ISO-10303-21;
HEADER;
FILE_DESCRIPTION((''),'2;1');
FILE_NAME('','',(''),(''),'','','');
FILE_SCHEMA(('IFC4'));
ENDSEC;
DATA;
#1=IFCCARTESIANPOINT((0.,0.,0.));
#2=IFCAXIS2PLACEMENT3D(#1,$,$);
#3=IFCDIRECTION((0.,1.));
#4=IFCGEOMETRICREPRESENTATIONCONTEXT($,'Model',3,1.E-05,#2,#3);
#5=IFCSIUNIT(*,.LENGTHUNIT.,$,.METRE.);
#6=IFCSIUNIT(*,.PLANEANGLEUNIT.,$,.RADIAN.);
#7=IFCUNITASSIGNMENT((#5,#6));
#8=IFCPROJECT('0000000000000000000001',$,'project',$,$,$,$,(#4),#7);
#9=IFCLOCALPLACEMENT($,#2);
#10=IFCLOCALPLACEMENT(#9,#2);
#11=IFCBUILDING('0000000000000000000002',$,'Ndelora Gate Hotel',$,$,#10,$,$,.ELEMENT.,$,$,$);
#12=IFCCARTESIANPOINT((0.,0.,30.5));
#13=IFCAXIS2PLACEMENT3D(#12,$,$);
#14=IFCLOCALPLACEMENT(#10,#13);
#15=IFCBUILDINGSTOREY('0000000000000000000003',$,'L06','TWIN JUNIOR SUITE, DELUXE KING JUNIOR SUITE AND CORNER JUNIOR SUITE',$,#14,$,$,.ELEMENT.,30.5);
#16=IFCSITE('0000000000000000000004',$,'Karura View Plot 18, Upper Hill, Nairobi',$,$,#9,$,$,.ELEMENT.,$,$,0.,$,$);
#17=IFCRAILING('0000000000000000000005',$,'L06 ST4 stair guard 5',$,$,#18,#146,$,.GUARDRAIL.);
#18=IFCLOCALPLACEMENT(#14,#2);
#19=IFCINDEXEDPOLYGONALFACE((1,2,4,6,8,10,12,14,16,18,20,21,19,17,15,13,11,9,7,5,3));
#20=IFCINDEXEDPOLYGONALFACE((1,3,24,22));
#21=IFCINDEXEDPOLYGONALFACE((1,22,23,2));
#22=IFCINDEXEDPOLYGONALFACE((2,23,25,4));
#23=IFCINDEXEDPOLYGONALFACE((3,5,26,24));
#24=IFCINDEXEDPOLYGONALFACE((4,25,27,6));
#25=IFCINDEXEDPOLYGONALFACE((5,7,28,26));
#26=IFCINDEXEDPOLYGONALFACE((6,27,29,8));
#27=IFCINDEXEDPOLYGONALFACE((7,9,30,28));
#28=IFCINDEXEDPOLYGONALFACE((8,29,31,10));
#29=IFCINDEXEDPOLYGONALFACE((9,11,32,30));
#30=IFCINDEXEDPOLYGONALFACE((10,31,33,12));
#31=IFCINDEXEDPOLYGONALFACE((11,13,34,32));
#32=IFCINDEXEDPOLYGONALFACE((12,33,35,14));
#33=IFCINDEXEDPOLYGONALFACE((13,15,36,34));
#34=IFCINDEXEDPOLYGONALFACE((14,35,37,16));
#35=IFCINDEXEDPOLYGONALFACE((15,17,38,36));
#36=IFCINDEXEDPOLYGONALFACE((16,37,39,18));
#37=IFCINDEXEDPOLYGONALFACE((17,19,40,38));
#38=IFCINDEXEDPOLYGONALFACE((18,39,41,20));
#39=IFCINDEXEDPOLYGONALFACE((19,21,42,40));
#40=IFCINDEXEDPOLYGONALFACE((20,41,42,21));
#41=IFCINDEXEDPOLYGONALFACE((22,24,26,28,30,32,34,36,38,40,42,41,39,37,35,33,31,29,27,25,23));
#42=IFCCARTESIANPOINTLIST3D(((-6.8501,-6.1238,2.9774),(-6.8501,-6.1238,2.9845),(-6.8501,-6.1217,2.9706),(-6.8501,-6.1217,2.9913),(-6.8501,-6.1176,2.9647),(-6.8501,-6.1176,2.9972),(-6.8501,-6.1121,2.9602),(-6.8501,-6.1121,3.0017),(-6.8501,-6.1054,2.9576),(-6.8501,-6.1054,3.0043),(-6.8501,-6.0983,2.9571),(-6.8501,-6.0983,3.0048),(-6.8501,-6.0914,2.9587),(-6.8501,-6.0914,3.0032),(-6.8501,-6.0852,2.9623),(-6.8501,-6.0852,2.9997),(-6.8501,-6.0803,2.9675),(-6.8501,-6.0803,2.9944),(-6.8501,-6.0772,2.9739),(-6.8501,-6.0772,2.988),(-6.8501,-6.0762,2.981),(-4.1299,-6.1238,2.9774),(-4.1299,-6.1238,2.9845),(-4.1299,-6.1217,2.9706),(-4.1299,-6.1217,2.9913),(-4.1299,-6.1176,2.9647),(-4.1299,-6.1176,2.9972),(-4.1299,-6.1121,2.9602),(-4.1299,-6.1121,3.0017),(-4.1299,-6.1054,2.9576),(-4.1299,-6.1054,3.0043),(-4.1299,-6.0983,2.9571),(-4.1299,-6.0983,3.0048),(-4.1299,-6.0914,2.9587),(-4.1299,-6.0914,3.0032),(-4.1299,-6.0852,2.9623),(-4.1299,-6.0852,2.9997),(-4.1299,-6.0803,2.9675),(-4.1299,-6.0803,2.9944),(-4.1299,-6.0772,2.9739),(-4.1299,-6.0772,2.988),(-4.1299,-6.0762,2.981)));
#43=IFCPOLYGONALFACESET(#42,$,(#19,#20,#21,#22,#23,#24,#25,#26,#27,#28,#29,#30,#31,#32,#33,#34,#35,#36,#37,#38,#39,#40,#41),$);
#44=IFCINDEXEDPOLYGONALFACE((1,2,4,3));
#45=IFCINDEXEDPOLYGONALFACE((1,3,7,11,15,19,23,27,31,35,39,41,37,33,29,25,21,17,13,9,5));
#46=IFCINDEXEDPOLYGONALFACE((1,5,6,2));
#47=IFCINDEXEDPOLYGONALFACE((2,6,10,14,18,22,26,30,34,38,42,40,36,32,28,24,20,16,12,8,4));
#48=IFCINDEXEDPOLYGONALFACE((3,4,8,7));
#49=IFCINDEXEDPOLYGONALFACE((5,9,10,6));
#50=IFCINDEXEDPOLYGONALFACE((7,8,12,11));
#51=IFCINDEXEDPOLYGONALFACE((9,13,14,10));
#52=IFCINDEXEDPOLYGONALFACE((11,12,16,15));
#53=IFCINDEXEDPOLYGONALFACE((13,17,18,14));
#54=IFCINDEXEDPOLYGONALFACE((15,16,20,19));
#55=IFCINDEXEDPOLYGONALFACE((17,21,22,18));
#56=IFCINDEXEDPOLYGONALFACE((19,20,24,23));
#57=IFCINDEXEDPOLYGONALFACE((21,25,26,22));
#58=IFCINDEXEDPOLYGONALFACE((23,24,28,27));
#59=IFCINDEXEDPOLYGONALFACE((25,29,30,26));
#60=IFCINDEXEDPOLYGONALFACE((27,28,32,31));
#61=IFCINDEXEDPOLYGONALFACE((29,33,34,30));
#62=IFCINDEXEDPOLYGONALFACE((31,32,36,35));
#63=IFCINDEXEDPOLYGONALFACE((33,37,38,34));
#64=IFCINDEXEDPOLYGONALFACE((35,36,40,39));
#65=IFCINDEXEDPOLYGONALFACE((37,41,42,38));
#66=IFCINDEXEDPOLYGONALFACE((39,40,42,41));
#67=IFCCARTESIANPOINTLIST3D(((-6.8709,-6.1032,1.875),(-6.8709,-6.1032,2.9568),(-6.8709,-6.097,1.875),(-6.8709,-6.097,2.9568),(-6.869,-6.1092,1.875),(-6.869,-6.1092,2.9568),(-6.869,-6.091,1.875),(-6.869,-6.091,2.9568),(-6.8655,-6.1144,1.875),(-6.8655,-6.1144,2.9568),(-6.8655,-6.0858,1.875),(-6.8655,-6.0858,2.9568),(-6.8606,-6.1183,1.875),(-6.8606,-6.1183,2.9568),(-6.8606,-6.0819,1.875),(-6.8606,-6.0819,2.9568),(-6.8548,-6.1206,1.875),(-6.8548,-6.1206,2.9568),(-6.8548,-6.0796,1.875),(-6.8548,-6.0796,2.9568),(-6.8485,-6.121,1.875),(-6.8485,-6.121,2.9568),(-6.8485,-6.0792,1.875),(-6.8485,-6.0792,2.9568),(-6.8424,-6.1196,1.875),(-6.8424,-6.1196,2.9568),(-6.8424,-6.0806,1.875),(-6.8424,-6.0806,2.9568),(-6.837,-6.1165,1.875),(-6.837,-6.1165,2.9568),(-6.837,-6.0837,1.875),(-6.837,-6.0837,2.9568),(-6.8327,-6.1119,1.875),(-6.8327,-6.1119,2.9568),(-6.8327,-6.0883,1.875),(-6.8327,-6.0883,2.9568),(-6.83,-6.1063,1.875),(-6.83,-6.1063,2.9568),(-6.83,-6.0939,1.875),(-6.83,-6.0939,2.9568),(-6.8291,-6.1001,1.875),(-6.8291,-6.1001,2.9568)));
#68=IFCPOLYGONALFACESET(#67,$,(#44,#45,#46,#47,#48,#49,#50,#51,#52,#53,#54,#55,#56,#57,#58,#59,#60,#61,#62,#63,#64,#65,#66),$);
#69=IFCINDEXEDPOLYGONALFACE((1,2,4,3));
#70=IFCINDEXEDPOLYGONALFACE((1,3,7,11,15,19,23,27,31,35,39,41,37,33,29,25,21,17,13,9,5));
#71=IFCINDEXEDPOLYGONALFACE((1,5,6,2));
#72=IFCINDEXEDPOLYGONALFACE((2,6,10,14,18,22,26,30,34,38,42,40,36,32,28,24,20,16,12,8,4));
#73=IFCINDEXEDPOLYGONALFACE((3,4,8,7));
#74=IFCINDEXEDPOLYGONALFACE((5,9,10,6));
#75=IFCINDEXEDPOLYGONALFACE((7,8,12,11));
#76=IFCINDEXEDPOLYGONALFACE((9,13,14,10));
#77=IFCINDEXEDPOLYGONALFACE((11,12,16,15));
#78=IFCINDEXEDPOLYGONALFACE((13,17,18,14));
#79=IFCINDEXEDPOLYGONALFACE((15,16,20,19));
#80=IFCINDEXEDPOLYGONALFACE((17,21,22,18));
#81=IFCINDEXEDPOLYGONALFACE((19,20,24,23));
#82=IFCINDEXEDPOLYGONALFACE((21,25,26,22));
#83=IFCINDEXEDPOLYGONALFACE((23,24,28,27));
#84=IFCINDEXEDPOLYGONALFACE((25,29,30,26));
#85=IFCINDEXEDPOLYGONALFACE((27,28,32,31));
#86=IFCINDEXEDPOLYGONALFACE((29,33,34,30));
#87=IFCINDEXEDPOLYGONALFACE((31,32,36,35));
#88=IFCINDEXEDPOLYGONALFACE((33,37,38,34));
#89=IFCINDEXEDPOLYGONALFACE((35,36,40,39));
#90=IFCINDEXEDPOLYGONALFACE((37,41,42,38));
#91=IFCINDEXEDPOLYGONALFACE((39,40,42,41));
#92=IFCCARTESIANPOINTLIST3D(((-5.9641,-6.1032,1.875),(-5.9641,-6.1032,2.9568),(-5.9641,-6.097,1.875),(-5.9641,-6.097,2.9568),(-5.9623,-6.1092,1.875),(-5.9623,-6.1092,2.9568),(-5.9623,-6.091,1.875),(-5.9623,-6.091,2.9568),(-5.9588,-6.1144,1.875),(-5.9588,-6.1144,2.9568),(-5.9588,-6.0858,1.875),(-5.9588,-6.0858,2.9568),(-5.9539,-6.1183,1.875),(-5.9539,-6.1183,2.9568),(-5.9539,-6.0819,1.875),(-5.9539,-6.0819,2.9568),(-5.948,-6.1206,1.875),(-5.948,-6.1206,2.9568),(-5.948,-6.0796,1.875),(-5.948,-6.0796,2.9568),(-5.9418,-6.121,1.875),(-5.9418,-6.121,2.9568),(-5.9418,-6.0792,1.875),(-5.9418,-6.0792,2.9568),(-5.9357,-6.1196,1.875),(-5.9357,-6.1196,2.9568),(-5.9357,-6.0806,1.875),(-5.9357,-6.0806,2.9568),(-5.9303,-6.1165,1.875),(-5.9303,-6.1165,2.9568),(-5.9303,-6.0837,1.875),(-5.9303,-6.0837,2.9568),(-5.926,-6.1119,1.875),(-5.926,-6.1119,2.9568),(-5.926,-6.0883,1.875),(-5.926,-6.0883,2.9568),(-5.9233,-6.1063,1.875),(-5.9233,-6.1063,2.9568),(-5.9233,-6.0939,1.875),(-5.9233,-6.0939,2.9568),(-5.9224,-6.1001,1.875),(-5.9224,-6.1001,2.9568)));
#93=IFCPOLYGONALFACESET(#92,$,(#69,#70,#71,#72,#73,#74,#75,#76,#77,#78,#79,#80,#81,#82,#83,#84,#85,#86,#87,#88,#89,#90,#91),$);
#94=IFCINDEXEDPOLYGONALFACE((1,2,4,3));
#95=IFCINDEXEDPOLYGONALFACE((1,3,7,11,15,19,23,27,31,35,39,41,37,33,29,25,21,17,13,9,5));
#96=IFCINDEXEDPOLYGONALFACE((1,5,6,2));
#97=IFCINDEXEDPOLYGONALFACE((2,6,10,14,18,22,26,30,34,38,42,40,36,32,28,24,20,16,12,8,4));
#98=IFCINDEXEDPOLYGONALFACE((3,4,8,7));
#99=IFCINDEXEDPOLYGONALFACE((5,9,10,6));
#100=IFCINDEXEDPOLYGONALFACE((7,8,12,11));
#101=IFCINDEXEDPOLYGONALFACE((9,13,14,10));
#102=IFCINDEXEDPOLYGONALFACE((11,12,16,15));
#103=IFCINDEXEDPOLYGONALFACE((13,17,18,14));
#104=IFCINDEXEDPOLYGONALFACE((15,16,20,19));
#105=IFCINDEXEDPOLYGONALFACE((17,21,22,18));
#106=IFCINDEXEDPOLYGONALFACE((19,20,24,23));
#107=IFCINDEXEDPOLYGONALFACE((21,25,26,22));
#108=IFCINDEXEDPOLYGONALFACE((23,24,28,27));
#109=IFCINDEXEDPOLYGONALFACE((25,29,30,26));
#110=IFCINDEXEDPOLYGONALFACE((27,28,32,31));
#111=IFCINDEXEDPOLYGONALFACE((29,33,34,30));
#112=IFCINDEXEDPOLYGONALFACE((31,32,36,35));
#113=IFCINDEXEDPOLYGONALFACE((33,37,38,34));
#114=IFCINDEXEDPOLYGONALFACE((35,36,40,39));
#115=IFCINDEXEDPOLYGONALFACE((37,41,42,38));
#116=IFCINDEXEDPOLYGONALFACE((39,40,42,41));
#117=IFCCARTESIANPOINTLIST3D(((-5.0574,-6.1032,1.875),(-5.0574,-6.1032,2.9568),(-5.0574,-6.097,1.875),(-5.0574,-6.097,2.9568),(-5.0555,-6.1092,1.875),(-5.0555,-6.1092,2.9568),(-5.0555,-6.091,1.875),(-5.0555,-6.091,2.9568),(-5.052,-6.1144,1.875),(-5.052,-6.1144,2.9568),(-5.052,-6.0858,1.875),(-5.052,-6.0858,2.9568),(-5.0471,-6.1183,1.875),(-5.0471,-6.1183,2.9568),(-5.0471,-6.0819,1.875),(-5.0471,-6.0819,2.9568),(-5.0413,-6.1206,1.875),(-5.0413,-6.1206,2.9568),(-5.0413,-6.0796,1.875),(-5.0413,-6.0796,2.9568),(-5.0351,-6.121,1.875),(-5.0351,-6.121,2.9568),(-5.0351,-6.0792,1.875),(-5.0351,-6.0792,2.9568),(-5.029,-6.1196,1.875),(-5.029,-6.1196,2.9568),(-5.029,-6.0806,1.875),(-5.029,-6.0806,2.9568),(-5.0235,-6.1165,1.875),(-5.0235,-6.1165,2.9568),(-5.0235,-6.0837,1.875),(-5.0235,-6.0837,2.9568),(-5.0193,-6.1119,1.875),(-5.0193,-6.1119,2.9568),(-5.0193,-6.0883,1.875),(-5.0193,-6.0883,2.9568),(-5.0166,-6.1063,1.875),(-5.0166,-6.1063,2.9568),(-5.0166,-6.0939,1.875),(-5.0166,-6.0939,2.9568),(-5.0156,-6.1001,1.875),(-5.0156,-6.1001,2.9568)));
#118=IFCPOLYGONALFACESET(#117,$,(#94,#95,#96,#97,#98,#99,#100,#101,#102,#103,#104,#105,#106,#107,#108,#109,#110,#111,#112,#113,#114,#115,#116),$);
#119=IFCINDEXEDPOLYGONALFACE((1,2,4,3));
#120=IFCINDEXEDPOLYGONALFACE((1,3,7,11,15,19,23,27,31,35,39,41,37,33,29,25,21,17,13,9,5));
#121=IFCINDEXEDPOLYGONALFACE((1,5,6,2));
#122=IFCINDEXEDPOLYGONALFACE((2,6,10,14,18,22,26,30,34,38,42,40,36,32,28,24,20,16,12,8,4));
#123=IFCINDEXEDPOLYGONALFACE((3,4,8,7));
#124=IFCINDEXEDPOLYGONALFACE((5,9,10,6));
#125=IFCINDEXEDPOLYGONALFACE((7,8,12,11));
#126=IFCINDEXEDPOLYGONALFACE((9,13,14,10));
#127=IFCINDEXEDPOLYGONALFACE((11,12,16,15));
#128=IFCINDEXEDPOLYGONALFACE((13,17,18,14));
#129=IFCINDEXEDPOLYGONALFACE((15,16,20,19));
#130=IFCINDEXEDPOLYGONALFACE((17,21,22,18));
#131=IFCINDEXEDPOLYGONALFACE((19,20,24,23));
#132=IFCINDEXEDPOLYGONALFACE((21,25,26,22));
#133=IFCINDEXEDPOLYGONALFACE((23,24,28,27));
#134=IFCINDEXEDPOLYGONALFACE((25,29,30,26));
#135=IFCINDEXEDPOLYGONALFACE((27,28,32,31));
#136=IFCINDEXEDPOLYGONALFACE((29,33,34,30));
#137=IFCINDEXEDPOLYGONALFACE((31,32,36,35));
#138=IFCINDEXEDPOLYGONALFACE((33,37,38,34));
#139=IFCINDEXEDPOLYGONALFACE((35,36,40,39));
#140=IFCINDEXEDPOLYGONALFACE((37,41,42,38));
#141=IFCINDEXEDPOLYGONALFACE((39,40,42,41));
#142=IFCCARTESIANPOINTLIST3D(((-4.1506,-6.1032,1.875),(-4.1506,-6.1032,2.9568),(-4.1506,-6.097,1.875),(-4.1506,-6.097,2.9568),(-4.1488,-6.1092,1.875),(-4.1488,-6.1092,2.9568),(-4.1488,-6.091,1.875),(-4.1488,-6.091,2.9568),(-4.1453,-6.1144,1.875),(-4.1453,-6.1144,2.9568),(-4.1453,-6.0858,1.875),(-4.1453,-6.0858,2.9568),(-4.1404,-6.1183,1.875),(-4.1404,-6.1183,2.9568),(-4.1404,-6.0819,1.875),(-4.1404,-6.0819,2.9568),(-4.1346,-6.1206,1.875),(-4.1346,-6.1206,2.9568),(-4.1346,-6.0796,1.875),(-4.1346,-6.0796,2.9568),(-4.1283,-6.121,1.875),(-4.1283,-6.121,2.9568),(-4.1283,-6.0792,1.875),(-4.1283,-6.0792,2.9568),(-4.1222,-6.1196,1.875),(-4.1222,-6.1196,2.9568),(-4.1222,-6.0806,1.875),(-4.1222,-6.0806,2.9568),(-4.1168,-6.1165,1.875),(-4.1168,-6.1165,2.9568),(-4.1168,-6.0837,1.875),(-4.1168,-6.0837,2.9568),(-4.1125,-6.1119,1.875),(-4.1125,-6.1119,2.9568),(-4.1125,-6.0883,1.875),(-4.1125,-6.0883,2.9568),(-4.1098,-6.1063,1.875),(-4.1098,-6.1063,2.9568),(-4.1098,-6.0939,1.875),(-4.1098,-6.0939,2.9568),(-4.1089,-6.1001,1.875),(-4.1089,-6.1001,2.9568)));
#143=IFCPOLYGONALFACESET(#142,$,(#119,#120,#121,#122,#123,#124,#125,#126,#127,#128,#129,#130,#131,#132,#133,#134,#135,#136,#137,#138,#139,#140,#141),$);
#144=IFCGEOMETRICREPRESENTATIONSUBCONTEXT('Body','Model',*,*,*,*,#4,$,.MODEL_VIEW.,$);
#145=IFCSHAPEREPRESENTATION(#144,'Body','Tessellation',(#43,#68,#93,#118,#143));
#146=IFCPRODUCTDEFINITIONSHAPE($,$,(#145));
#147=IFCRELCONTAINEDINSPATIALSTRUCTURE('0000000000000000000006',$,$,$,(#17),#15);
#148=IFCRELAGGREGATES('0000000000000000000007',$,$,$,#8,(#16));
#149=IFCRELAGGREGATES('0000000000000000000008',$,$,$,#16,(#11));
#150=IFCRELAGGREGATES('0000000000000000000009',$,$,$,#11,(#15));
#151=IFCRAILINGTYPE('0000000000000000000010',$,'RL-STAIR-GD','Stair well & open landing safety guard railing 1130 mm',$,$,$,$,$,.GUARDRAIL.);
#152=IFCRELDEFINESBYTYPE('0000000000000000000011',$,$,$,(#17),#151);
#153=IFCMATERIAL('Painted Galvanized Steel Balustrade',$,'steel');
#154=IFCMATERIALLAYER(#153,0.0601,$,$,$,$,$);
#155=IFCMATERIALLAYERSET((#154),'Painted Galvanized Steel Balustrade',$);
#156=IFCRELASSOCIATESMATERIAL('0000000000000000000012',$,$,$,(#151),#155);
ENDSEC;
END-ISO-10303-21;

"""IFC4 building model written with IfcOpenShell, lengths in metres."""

from ifc_helpers import new_model, si_unit, direction, frame, origin, origin_2d, place, context, subcontext, project, spatial, circle, extrude, material, layer, layer_set, type_object, element, save


model = new_model("IFC4")

# Units and contexts
model_context = context("Model", 3, precision=1e-05, world=origin(), true_north=direction((0.0, 1.0)))
body_context = subcontext(model_context, "Body", "Model", "MODEL_VIEW")
ifc_project = project(units=[si_unit("LENGTHUNIT", "METRE"), si_unit("PLANEANGLEUNIT", "RADIAN")], contexts=[model_context])

# Site, building, storey
site_placement = place(None, origin())
site = spatial("IfcSite", under=ifc_project, at=site_placement, Name="Karura View Plot 18, Upper Hill, Nairobi", CompositionType="ELEMENT", RefElevation=0.0)
building_placement = place(site_placement, origin())
building = spatial("IfcBuilding", under=site, at=building_placement, Name="Ndelora Gate Hotel", CompositionType="ELEMENT")
storey_placement = place(building_placement, frame((0.0, 0.0, 30.5)))
storey = spatial("IfcBuildingStorey", under=building, at=storey_placement, Name="L06", Description="TWIN JUNIOR SUITE, DELUXE KING JUNIOR SUITE AND CORNER JUNIOR SUITE", CompositionType="ELEMENT", Elevation=30.5)

# Railing
ifc_material_1 = material(Name="Painted Galvanized Steel Balustrade", Category="steel")
ifc_layer_1 = layer(ifc_material_1, 0.0601)
ifc_layer_set_1 = layer_set([ifc_layer_1], Name="Painted Galvanized Steel Balustrade")
railing_type_1 = type_object("IfcRailingType", Name="RL-STAIR-GD", Description="Stair well & open landing safety guard railing 1130 mm", PredefinedType="GUARDRAIL", material=ifc_layer_set_1)
railing_1_placement = place(storey_placement, frame((-6.8501, -6.1001, 1.875)))
element("IfcRailing", 1, at=railing_1_placement, inside=storey, type_object=railing_type_1, Name="L06 ST4 stair guard 5", PredefinedType="GUARDRAIL", context=body_context, shape_type="SweptSolid", body=[
    extrude(circle(Radius=0.0239, at=origin_2d()), frame((0.0, 0.0, 1.106), z_axis=(1.0, 0.0, 0.0), x_axis=(0.0, 1.0, 0.0)), (0.0, 0.0, 1.0), 2.7202),
    extrude(circle(Radius=0.021, at=origin_2d()), origin(), (0.0, 0.0, 1.0), 1.0818),
    extrude(circle(Radius=0.021, at=origin_2d()), frame((0.9067, 0.0, 0.0)), (0.0, 0.0, 1.0), 1.0818),
    extrude(circle(Radius=0.021, at=origin_2d()), frame((1.8135, 0.0, 0.0)), (0.0, 0.0, 1.0), 1.0818),
    extrude(circle(Radius=0.021, at=origin_2d()), frame((2.7202, 0.0, 0.0)), (0.0, 0.0, 1.0), 1.0818),
])

save(model, "model.ifc")
